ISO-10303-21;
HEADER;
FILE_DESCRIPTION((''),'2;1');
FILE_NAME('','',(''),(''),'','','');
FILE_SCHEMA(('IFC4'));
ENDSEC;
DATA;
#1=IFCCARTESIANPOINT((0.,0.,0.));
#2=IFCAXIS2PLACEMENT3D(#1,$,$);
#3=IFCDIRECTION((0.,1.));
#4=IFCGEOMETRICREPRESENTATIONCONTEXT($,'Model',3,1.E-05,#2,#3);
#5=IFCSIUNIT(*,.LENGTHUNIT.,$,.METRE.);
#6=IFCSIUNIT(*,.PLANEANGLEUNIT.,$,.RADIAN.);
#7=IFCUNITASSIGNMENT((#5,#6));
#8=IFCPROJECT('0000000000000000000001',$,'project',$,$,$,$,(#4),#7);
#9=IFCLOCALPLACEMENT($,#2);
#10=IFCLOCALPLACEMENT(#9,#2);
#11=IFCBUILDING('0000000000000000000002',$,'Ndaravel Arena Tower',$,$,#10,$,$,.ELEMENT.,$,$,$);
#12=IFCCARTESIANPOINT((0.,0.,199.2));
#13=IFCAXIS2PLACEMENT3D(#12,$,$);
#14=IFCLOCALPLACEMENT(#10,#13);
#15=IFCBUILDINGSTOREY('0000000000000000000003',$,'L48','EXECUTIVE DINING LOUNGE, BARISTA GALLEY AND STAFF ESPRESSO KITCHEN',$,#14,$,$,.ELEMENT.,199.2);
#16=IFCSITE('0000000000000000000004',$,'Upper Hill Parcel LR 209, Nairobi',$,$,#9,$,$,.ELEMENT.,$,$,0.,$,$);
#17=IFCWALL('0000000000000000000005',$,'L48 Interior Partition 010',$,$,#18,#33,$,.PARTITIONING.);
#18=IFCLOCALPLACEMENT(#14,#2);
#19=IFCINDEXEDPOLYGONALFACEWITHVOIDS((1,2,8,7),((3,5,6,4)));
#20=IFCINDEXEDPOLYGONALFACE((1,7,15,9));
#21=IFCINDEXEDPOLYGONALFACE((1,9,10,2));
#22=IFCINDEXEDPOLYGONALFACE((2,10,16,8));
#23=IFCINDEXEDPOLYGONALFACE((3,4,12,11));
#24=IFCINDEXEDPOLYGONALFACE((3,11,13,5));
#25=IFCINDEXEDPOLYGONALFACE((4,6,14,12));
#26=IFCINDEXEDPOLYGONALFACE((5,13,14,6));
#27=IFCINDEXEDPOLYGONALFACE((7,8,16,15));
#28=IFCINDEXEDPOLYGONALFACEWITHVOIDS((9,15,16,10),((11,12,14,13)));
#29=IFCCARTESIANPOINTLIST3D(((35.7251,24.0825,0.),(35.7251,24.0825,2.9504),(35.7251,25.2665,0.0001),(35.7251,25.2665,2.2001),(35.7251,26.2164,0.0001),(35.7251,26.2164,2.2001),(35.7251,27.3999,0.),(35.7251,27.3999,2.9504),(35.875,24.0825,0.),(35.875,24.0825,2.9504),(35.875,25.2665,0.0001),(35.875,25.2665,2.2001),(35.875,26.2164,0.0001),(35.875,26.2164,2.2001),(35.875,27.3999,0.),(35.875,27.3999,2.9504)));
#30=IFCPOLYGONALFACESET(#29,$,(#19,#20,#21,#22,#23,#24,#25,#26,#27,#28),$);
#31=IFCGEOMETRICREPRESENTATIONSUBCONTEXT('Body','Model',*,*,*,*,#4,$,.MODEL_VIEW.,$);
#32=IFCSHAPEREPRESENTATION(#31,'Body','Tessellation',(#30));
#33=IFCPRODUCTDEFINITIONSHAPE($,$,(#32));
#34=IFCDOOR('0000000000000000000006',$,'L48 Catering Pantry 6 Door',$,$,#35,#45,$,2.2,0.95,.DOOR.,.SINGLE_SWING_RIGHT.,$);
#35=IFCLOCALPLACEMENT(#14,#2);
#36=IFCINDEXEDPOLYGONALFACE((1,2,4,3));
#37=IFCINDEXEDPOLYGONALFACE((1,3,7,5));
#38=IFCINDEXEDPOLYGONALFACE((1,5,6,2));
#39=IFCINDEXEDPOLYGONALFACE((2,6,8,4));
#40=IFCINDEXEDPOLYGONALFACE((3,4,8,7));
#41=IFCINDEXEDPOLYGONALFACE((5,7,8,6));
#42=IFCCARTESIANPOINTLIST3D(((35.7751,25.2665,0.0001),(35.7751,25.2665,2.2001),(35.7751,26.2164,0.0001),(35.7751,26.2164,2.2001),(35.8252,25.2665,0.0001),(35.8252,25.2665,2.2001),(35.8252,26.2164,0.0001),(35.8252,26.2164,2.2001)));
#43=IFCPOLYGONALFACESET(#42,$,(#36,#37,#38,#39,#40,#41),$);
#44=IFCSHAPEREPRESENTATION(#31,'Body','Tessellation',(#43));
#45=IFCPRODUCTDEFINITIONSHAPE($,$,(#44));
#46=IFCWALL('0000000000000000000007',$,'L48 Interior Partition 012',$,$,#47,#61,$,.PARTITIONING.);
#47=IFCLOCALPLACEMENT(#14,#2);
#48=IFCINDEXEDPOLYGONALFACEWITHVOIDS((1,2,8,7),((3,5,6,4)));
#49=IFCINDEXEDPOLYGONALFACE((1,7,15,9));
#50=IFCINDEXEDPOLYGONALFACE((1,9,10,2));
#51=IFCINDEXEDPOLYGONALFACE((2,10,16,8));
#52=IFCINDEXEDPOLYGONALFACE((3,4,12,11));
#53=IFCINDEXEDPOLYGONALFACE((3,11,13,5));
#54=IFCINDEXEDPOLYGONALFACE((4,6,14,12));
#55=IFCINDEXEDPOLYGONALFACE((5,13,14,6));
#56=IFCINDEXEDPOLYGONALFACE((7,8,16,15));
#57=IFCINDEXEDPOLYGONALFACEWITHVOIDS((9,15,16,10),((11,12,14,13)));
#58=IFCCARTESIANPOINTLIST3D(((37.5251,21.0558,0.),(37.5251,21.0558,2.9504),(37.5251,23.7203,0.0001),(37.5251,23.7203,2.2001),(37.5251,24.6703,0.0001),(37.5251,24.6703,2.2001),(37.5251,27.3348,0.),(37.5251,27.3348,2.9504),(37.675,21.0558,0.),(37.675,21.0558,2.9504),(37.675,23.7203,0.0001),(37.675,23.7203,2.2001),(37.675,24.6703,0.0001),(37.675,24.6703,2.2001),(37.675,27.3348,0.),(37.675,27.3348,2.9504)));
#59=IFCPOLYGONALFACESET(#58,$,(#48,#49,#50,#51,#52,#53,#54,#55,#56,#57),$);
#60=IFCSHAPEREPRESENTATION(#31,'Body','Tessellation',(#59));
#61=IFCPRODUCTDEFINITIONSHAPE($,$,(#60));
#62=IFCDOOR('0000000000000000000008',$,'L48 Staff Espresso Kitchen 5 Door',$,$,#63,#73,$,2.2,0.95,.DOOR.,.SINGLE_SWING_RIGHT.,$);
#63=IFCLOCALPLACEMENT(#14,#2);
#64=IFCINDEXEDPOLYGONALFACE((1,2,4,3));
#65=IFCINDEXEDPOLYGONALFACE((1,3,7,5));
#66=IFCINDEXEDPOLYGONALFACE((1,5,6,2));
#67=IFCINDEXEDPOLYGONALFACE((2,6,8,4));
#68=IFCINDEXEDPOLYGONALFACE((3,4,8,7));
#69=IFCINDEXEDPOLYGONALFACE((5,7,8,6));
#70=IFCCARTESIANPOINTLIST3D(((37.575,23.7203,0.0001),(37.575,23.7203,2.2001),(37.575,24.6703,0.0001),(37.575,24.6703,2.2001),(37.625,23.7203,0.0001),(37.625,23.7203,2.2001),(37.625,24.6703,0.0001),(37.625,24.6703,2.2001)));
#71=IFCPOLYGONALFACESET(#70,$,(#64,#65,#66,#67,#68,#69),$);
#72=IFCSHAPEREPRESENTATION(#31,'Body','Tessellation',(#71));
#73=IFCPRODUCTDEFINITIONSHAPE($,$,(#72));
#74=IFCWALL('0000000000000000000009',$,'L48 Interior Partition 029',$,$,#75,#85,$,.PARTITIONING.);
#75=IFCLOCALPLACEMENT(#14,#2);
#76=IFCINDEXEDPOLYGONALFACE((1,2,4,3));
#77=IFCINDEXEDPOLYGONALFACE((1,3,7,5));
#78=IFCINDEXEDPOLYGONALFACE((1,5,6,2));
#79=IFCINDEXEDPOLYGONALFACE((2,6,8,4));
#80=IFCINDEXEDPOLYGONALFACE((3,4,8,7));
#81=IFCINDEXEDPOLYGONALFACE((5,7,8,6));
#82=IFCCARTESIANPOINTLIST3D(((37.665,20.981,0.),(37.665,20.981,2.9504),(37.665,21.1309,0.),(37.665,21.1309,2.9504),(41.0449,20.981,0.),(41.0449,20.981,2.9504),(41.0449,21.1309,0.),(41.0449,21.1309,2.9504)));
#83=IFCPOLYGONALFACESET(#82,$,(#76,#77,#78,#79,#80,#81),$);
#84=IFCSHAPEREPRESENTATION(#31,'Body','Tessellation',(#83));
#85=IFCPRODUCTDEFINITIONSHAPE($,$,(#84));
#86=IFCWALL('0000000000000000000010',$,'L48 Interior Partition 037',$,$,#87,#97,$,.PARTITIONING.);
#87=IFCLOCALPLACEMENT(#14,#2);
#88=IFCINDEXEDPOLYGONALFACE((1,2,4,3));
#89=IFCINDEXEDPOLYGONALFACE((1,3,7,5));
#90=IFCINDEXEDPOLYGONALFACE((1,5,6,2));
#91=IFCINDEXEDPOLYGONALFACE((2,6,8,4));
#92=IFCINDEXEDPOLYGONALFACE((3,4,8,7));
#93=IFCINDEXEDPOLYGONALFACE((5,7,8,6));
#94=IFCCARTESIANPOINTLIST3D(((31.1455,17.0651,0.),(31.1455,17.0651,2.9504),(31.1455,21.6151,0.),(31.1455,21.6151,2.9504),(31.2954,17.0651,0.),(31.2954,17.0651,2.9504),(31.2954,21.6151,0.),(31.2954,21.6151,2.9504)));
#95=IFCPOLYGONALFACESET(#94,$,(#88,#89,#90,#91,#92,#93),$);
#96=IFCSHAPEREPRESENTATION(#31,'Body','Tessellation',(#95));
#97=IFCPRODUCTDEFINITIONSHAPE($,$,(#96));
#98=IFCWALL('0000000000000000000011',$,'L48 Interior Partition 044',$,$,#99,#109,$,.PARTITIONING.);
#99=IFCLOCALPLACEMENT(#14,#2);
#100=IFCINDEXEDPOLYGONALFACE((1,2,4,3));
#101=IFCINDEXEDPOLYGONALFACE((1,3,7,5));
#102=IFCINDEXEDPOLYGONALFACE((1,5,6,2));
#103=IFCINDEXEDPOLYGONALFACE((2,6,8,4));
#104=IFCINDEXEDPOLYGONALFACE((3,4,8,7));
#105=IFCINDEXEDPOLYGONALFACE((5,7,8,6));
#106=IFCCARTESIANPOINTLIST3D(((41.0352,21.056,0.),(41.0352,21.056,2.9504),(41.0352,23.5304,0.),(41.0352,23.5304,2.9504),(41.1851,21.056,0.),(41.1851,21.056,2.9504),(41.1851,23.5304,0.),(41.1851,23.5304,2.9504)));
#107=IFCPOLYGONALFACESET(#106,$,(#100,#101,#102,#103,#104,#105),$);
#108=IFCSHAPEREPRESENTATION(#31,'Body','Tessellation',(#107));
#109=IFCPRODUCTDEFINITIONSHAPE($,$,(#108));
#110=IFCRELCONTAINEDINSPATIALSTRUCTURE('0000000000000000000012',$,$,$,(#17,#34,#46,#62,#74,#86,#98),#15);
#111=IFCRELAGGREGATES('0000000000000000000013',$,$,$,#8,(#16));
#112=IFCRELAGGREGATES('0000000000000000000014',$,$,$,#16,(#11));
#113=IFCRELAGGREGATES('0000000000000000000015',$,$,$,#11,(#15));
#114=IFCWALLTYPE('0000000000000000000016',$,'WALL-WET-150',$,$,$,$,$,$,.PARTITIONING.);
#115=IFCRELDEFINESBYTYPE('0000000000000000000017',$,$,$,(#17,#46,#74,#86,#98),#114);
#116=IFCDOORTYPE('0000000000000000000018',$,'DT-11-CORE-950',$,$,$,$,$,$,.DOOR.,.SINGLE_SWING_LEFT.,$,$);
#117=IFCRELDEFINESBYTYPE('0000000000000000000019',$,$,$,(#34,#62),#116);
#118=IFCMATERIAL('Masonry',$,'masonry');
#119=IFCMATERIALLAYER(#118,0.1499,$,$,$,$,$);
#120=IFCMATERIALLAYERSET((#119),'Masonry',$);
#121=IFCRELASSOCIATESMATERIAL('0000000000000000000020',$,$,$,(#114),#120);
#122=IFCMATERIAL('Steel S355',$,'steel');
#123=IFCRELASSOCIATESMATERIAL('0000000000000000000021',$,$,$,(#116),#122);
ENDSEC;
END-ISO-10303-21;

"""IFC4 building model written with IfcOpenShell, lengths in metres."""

from ifc_helpers import new_model, si_unit, direction, frame, frame_2d, origin, place, context, subcontext, project, spatial, rectangle, extrude, material, layer, layer_set, type_object, element, fill, save


model = new_model("IFC4")

# Units and contexts
model_context = context("Model", 3, precision=1e-05, world=origin(), true_north=direction((0.0, 1.0)))
body_context = subcontext(model_context, "Body", "Model", "MODEL_VIEW")
ifc_project = project(units=[si_unit("LENGTHUNIT", "METRE"), si_unit("PLANEANGLEUNIT", "RADIAN")], contexts=[model_context])

# Site, building, storey
site_placement = place(None, origin())
site = spatial("IfcSite", under=ifc_project, at=site_placement, Name="Upper Hill Parcel LR 209, Nairobi", CompositionType="ELEMENT", RefElevation=0.0)
building_placement = place(site_placement, origin())
building = spatial("IfcBuilding", under=site, at=building_placement, Name="Ndaravel Arena Tower", CompositionType="ELEMENT")
storey_placement = place(building_placement, frame((0.0, 0.0, 199.2)))
storey = spatial("IfcBuildingStorey", under=building, at=storey_placement, Name="L48", Description="EXECUTIVE DINING LOUNGE, BARISTA GALLEY AND STAFF ESPRESSO KITCHEN", CompositionType="ELEMENT", Elevation=199.2)

# Walls, openings, doors
ifc_material_1 = material(Name="Masonry", Category="masonry")
ifc_layer_1 = layer(ifc_material_1, 0.1499)
ifc_layer_set_1 = layer_set([ifc_layer_1], Name="Masonry")
wall_type_1 = type_object("IfcWallType", Name="WALL-WET-150", PredefinedType="PARTITIONING", material=ifc_layer_set_1)
wall_1_placement = place(storey_placement, frame((35.8, 24.0825, 0.0), z_axis=(0.0, 0.0, 1.0), x_axis=(0.0, 1.0, 0.0)))
wall_1 = element("IfcWall", 1, at=wall_1_placement, inside=storey, type_object=wall_type_1, Name="L48 Interior Partition 010", PredefinedType="PARTITIONING", context=body_context, shape_type="SweptSolid", body=[
    extrude(rectangle(XDim=3.3174, YDim=0.1499, at=frame_2d((1.6587, 0.0))), origin(), (0.0, 0.0, 1.0), 2.9504),
])
opening_1_placement = place(wall_1_placement, frame((1.1838, 0.0, 0.0)))
opening_1 = element("IfcOpeningElement", 2, at=opening_1_placement, cuts=wall_1, PredefinedType="OPENING", context=body_context, shape_type="SweptSolid", body=[
    extrude(rectangle(XDim=0.95, YDim=2.2, at=frame_2d((0.4751, 1.1001))), frame((0.0, 0.075, 0.0), z_axis=(0.0, -1.0, 0.0), x_axis=(1.0, 0.0, 0.0)), (0.0, 0.0, 1.0), 0.1499),
])
ifc_material_2 = material(Name="Steel S355", Category="steel")
door_type_1 = type_object("IfcDoorType", Name="DT-11-CORE-950", OperationType="SINGLE_SWING_LEFT", PredefinedType="DOOR", material=ifc_material_2)
door_1_placement = place(opening_1_placement, origin())
door_1 = element("IfcDoor", 3, at=door_1_placement, inside=storey, type_object=door_type_1, Name="L48 Catering Pantry 6 Door", OperationType="SINGLE_SWING_RIGHT", OverallHeight=2.2, OverallWidth=0.95, PredefinedType="DOOR", context=body_context, shape_type="SweptSolid", body=[
    extrude(rectangle(XDim=0.95, YDim=2.2, at=frame_2d((0.4751, 1.1001))), frame((0.0, 0.0249, 0.0), z_axis=(0.0, -1.0, 0.0), x_axis=(1.0, 0.0, 0.0)), (0.0, 0.0, 1.0), 0.05),
])
fill(opening_1, door_1)
wall_2_placement = place(storey_placement, frame((37.6001, 27.335, 0.0), z_axis=(0.0, 0.0, 1.0), x_axis=(0.0, -1.0, 0.0)))
wall_2 = element("IfcWall", 4, at=wall_2_placement, inside=storey, type_object=wall_type_1, Name="L48 Interior Partition 012", PredefinedType="PARTITIONING", context=body_context, shape_type="SweptSolid", body=[
    extrude(rectangle(XDim=6.2791, YDim=0.1499, at=frame_2d((3.1396, 0.0))), origin(), (0.0, 0.0, 1.0), 2.9504),
])
opening_2_placement = place(wall_2_placement, frame((2.6646, 0.0, 0.0)))
opening_2 = element("IfcOpeningElement", 5, at=opening_2_placement, cuts=wall_2, PredefinedType="OPENING", context=body_context, shape_type="SweptSolid", body=[
    extrude(rectangle(XDim=0.95, YDim=2.2, at=frame_2d((0.4751, 1.1001))), frame((0.0, 0.075, 0.0), z_axis=(0.0, -1.0, 0.0), x_axis=(1.0, 0.0, 0.0)), (0.0, 0.0, 1.0), 0.1499),
])
door_2_placement = place(opening_2_placement, origin())
door_2 = element("IfcDoor", 6, at=door_2_placement, inside=storey, type_object=door_type_1, Name="L48 Staff Espresso Kitchen 5 Door", OperationType="SINGLE_SWING_RIGHT", OverallHeight=2.2, OverallWidth=0.95, PredefinedType="DOOR", context=body_context, shape_type="SweptSolid", body=[
    extrude(rectangle(XDim=0.95, YDim=2.2, at=frame_2d((0.4751, 1.1001))), frame((0.0, 0.0249, 0.0), z_axis=(0.0, -1.0, 0.0), x_axis=(1.0, 0.0, 0.0)), (0.0, 0.0, 1.0), 0.05),
])
fill(opening_2, door_2)

# Walls
wall_3_placement = place(storey_placement, frame((37.665, 21.0559, 0.0), z_axis=(0.0, 0.0, 1.0), x_axis=(1.0, 0.0, 0.0)))
element("IfcWall", 7, at=wall_3_placement, inside=storey, type_object=wall_type_1, Name="L48 Interior Partition 029", PredefinedType="PARTITIONING", context=body_context, shape_type="SweptSolid", body=[
    extrude(rectangle(XDim=3.3799, YDim=0.1499, at=frame_2d((1.6899, 0.0))), origin(), (0.0, 0.0, 1.0), 2.9504),
])
wall_4_placement = place(storey_placement, frame((31.2205, 21.615, 0.0), z_axis=(0.0, 0.0, 1.0), x_axis=(0.0, -1.0, 0.0)))
element("IfcWall", 8, at=wall_4_placement, inside=storey, type_object=wall_type_1, Name="L48 Interior Partition 037", PredefinedType="PARTITIONING", context=body_context, shape_type="SweptSolid", body=[
    extrude(rectangle(XDim=4.55, YDim=0.1499, at=frame_2d((2.2749, 0.0))), origin(), (0.0, 0.0, 1.0), 2.9504),
])
wall_5_placement = place(storey_placement, frame((41.1101, 21.0559, 0.0), z_axis=(0.0, 0.0, 1.0), x_axis=(0.0, 1.0, 0.0)))
element("IfcWall", 9, at=wall_5_placement, inside=storey, type_object=wall_type_1, Name="L48 Interior Partition 044", PredefinedType="PARTITIONING", context=body_context, shape_type="SweptSolid", body=[
    extrude(rectangle(XDim=2.4744, YDim=0.1499, at=frame_2d((1.2373, 0.0))), origin(), (0.0, 0.0, 1.0), 2.9504),
])

save(model, "model.ifc")
